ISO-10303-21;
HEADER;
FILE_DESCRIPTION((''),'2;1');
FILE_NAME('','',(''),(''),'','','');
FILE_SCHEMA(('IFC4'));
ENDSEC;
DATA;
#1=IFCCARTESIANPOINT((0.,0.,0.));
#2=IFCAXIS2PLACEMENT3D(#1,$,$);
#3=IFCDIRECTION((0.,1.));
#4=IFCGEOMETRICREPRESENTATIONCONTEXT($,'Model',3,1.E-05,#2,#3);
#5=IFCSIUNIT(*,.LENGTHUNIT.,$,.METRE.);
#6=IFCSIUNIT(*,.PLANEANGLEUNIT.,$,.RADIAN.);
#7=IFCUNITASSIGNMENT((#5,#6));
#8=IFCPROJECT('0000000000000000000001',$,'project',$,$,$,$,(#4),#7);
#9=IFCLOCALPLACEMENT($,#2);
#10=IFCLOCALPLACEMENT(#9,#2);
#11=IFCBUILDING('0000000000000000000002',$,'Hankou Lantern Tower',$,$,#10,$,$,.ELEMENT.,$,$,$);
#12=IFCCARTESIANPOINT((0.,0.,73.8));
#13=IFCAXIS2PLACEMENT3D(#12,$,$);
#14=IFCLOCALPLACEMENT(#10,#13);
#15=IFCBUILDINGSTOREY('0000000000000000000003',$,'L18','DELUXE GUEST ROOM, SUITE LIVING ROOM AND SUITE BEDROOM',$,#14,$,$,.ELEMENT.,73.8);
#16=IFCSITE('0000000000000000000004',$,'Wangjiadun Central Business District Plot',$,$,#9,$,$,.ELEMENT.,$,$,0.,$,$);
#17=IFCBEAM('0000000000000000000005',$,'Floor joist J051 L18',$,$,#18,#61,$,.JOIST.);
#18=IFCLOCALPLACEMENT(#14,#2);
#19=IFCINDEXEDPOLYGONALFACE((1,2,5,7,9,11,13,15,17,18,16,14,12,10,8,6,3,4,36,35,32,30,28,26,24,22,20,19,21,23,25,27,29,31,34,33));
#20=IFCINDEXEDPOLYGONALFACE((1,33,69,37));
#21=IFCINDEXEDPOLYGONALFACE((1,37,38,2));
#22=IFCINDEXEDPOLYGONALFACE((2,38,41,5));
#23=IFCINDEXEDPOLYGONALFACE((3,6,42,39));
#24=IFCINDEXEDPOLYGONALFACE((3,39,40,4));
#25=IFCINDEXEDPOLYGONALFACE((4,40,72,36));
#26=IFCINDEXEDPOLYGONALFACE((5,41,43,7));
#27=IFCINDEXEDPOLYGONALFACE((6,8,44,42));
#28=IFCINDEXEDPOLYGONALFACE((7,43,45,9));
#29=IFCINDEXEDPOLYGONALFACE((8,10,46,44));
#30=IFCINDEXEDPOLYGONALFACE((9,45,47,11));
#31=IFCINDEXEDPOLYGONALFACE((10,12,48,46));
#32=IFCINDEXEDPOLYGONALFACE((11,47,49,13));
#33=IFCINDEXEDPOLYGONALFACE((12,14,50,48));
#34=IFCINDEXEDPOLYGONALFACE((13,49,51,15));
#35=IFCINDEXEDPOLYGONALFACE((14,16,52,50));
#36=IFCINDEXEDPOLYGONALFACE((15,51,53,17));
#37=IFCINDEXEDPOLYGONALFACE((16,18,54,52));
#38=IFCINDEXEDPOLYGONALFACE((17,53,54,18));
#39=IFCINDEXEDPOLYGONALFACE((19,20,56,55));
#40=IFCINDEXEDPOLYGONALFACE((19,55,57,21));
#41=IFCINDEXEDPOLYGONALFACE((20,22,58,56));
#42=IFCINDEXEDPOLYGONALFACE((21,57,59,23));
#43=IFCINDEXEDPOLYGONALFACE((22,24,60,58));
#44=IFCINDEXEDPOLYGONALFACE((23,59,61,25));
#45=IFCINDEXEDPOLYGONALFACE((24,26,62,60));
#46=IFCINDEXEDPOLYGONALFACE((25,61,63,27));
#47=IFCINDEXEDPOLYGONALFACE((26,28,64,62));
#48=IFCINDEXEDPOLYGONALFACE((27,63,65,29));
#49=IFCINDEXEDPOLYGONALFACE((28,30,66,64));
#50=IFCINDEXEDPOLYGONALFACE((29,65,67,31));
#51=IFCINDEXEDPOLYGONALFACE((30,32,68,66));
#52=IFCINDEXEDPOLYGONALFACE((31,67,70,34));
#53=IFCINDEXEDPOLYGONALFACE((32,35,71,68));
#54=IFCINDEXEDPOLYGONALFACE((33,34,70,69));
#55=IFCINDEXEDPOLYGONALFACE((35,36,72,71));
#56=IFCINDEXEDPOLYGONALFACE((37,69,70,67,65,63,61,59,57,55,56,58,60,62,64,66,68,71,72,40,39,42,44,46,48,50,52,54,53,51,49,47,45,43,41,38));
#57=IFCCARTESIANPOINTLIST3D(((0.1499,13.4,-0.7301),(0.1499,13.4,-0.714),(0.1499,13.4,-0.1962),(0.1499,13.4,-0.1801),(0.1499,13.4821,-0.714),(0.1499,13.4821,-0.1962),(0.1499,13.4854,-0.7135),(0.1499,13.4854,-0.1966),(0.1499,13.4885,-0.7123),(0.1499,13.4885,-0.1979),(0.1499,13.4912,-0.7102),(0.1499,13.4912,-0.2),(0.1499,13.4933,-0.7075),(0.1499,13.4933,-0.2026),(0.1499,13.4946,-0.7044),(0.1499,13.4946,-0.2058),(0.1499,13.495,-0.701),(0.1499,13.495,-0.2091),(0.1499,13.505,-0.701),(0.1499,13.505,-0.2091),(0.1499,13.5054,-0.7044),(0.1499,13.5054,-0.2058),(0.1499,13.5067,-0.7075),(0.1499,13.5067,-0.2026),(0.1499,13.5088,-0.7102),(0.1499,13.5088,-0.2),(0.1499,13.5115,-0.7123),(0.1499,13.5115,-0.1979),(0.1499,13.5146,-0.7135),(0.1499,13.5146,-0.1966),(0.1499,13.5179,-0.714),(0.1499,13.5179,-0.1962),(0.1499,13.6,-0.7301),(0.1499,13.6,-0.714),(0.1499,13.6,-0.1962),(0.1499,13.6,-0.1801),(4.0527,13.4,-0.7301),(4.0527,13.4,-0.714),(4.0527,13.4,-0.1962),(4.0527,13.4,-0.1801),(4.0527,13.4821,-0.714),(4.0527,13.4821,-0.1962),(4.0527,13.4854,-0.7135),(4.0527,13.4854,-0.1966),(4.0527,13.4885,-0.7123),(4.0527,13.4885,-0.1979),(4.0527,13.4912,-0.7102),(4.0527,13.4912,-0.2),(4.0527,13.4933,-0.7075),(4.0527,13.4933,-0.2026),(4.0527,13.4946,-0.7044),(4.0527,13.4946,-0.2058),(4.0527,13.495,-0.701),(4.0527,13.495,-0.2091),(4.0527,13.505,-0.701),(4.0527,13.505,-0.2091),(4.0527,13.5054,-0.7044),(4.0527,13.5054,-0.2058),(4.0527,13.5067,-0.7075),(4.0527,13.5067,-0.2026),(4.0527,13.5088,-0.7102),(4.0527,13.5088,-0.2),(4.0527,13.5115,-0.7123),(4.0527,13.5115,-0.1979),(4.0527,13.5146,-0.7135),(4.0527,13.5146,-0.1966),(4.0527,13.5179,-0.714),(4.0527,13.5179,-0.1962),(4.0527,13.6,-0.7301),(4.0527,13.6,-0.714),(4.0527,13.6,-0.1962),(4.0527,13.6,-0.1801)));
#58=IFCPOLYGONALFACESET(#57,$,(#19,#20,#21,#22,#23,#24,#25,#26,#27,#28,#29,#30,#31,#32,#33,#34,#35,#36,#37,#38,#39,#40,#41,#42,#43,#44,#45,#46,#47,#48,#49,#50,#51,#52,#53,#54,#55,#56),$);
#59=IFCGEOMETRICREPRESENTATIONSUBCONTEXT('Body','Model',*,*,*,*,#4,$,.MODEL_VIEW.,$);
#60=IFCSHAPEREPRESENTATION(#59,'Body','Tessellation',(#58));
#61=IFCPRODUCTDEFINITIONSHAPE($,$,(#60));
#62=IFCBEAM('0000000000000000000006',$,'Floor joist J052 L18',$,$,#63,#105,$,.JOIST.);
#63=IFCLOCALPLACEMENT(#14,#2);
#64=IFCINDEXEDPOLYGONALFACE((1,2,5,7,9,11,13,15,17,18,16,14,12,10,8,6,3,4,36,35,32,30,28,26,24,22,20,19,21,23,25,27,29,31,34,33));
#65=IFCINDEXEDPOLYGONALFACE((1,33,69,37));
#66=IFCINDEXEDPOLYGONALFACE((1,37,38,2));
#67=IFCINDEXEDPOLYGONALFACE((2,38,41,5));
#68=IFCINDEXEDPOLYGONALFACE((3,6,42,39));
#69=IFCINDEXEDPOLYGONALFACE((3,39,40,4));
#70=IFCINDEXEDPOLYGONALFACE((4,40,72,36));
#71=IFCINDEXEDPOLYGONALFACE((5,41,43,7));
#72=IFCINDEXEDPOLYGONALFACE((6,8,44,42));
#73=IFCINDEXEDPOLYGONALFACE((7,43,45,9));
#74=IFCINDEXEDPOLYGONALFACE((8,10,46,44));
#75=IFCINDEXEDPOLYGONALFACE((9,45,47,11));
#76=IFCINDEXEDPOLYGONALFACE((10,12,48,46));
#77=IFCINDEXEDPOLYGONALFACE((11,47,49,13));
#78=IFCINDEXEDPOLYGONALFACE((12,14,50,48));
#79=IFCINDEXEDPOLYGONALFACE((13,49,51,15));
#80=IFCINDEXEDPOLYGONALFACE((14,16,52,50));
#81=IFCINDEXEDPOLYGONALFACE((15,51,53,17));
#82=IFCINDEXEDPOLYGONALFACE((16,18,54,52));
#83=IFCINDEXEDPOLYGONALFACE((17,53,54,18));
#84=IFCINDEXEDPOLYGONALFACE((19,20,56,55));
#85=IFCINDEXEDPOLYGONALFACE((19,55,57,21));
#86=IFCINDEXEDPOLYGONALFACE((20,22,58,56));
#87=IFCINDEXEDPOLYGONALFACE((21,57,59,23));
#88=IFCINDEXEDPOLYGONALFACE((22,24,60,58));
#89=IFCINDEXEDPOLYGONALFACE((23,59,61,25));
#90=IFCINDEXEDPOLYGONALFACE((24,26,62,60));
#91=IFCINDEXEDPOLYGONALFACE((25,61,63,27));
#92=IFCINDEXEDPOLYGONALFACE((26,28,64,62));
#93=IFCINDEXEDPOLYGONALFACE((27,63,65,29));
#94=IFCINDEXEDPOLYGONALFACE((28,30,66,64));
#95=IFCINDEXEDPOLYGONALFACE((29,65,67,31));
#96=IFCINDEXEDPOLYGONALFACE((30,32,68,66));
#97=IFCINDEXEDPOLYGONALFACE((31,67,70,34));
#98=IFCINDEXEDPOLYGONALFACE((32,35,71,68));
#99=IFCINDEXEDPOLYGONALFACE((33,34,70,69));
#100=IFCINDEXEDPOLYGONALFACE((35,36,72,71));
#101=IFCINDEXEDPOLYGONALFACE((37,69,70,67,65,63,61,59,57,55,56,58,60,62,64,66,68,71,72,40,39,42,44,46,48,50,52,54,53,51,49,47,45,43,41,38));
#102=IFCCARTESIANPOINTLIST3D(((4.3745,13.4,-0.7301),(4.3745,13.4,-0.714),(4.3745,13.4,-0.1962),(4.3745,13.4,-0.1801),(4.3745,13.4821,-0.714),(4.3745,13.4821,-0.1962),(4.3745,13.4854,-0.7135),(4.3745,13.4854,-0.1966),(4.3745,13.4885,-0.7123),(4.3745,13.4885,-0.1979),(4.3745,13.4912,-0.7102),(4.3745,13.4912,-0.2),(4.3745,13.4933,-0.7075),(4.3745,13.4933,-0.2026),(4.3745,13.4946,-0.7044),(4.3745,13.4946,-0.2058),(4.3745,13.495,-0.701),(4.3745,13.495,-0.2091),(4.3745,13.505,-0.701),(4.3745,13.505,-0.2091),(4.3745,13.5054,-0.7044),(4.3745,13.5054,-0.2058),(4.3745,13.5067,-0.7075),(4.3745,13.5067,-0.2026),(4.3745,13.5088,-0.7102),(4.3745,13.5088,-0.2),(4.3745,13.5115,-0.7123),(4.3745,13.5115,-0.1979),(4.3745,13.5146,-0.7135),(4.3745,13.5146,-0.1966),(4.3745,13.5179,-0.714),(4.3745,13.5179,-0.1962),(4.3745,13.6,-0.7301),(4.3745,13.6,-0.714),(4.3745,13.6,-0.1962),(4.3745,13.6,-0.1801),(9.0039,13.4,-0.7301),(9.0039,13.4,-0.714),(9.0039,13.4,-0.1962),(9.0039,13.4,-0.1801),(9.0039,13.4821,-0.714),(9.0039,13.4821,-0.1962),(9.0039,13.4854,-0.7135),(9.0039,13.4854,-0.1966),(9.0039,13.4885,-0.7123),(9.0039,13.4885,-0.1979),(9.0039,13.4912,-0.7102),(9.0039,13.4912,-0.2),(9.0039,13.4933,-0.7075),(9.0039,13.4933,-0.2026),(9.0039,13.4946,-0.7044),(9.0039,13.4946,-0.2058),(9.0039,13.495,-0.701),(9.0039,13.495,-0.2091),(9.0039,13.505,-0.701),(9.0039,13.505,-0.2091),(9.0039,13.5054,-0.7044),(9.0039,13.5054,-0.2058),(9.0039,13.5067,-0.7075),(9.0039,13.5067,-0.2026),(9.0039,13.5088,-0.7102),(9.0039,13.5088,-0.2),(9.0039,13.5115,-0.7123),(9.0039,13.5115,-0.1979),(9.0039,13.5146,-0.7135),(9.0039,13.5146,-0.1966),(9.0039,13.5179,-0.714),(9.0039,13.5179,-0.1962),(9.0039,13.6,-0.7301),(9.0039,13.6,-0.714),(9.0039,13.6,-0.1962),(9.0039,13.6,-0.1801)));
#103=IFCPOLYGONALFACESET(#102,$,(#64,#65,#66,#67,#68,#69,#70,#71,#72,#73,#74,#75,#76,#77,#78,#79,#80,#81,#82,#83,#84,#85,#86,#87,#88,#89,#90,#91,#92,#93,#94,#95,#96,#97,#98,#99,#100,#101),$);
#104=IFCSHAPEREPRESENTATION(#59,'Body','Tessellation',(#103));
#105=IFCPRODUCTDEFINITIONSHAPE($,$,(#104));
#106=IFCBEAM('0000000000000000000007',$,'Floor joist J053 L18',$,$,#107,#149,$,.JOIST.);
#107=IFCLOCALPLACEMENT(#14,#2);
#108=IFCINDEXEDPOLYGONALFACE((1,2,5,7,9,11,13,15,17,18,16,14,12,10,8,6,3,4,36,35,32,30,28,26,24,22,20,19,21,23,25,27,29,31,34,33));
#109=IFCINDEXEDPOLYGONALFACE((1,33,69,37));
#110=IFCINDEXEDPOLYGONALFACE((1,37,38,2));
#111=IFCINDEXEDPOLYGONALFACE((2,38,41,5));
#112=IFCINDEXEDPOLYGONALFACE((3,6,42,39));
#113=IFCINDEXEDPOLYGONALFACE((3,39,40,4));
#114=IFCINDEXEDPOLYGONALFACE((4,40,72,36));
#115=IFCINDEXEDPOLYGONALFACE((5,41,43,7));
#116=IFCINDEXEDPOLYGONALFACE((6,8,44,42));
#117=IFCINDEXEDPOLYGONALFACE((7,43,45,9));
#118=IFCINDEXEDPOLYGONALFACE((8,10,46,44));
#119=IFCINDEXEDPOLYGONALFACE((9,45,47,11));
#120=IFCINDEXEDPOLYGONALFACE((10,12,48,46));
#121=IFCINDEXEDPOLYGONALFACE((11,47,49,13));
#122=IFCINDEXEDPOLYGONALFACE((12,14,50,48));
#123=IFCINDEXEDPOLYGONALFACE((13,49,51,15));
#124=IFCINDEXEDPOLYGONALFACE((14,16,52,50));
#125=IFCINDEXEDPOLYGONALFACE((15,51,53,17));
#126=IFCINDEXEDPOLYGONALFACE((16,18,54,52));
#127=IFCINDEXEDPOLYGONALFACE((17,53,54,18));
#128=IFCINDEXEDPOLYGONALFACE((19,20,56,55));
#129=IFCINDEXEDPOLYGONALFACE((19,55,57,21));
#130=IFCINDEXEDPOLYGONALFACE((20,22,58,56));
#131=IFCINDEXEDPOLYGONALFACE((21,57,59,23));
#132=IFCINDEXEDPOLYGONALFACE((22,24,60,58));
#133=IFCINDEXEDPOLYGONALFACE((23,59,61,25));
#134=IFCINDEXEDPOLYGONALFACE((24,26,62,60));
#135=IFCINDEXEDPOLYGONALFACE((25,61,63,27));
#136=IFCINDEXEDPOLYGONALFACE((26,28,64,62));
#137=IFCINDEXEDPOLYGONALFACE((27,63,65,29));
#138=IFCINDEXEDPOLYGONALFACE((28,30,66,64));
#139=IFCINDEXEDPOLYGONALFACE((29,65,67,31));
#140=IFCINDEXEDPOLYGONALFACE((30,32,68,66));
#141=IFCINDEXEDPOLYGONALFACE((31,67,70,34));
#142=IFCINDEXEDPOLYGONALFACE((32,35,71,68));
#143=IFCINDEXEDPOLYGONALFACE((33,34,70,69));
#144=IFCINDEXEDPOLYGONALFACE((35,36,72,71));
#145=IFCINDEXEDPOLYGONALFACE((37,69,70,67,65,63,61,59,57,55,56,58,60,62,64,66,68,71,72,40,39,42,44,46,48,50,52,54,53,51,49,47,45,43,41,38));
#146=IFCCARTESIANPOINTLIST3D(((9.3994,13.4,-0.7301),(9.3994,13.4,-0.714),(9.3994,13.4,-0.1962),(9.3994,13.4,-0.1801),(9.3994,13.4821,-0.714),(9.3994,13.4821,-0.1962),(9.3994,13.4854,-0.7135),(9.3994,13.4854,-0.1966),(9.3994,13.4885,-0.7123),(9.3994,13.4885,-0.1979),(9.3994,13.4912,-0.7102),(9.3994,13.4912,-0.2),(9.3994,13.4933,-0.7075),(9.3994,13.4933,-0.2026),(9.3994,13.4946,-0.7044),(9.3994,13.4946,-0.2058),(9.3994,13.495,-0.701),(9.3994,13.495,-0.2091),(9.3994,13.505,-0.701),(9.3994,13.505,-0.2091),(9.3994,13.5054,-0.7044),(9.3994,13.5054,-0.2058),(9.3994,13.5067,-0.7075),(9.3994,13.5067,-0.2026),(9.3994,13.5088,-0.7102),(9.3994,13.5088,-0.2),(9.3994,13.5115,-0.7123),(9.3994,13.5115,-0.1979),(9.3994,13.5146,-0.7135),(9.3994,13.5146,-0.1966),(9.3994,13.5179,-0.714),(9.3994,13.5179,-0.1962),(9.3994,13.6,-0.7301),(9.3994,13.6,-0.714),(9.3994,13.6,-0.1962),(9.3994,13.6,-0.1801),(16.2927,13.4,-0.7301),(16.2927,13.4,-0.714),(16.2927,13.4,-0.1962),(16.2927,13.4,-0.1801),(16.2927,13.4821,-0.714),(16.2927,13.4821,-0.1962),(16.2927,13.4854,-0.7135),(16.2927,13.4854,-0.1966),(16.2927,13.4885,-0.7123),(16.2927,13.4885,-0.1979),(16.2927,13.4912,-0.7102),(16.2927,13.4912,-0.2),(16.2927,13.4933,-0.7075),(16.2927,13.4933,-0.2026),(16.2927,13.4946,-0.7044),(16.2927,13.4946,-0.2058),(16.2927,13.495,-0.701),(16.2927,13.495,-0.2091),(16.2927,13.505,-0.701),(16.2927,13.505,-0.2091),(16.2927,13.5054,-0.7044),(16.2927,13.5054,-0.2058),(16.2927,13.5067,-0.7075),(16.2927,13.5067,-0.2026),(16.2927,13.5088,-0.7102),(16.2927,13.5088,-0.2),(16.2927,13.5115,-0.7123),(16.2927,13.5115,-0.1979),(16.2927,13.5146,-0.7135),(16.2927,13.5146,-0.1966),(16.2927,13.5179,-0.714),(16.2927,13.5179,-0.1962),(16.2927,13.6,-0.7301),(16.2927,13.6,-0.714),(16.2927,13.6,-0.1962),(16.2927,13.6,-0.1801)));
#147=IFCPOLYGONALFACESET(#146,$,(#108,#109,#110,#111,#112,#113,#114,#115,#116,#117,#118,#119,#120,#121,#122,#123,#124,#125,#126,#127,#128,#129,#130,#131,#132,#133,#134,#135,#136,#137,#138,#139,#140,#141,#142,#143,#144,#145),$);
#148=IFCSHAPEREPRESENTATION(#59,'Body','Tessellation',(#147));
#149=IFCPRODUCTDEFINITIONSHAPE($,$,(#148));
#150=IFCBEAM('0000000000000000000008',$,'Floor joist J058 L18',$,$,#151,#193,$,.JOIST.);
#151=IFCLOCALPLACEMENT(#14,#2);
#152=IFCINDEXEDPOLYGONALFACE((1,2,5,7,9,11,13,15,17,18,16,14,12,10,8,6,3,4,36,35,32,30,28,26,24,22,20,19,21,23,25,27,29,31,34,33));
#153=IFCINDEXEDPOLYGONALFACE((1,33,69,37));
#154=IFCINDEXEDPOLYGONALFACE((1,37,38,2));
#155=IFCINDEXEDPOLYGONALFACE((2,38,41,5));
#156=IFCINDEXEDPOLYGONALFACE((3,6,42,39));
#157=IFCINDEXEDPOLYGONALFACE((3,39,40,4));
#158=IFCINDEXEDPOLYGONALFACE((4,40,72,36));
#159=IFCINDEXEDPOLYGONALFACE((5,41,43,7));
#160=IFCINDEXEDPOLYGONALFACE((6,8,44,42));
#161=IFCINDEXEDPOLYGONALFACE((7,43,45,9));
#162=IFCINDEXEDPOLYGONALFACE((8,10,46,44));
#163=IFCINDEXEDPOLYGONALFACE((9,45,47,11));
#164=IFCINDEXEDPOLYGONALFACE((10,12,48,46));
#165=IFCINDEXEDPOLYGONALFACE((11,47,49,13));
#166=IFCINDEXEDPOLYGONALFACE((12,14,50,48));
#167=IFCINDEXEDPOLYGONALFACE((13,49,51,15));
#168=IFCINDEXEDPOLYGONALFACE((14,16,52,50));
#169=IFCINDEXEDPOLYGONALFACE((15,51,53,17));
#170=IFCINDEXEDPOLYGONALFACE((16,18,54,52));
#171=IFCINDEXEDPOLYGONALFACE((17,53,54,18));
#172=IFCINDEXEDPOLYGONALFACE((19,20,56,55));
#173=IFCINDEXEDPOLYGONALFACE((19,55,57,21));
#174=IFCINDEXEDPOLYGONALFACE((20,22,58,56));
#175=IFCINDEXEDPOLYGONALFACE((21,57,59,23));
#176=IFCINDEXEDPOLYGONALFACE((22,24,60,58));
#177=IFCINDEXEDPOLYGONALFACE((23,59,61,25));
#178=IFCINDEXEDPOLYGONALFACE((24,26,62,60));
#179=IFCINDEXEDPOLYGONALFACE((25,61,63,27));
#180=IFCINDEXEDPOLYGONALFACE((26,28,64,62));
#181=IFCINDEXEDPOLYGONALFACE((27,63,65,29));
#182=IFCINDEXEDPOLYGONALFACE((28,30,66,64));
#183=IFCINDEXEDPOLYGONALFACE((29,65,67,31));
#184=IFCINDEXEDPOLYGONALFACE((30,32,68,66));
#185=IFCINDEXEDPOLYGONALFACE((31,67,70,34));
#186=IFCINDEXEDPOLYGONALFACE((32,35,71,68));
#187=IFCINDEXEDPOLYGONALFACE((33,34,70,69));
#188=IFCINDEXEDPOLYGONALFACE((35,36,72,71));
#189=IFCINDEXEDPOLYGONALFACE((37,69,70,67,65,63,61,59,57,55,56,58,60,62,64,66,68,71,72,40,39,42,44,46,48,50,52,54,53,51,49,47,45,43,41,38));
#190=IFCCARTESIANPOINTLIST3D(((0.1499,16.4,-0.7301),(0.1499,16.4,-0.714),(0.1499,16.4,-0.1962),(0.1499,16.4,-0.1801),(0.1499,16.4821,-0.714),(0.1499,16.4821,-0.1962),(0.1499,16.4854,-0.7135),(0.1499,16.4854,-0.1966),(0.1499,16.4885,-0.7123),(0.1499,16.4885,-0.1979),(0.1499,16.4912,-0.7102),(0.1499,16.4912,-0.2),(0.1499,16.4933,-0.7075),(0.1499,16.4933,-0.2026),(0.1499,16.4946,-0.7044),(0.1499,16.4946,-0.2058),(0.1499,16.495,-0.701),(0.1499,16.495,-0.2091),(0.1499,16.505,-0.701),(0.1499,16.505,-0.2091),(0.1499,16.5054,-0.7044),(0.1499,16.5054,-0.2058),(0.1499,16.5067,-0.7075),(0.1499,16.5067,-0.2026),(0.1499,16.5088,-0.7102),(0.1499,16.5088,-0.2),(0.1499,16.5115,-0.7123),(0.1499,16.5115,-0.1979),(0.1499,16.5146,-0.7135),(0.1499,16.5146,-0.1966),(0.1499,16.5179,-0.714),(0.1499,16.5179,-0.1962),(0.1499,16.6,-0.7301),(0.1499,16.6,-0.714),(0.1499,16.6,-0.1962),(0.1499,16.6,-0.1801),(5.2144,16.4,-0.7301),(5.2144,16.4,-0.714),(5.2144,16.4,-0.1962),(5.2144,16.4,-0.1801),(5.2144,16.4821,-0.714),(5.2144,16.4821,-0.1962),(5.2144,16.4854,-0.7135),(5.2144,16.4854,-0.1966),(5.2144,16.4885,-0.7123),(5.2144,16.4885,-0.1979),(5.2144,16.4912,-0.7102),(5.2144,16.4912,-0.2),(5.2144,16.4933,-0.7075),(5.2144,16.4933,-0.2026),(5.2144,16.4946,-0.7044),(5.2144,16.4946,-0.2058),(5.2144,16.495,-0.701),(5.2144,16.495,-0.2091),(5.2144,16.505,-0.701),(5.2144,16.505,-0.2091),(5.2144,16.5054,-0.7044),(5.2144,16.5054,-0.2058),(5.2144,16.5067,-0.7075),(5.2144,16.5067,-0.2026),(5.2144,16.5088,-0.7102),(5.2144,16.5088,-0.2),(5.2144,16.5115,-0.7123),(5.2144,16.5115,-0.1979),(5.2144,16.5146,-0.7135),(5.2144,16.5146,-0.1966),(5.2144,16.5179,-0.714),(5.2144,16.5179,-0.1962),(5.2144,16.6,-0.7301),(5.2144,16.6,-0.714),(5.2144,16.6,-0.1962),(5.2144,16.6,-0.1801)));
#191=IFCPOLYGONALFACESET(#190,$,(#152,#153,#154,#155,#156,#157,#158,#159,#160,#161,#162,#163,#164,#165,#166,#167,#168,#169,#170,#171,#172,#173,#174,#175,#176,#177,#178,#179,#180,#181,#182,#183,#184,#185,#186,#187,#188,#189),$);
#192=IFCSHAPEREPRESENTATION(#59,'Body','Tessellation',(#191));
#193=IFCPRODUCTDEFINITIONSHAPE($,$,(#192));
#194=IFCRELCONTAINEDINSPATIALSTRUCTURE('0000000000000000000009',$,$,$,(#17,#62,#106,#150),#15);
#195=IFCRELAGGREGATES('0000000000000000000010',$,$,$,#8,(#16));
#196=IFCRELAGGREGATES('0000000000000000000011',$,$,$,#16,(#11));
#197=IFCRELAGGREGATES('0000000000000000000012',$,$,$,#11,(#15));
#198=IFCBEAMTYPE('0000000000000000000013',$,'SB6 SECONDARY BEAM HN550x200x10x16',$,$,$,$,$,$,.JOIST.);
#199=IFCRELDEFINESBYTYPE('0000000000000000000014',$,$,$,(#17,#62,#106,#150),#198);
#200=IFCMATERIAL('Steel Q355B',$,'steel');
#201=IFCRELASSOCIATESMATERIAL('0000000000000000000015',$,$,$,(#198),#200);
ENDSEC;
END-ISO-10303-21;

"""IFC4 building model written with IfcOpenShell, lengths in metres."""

from ifc_helpers import new_model, si_unit, direction, frame, origin, origin_2d, place, context, subcontext, project, spatial, i_section, extrude, material, material_profile, profile_set, type_object, element, save


model = new_model("IFC4")

# Units and contexts
model_context = context("Model", 3, precision=1e-05, world=origin(), true_north=direction((0.0, 1.0)))
body_context = subcontext(model_context, "Body", "Model", "MODEL_VIEW")
ifc_project = project(units=[si_unit("LENGTHUNIT", "METRE"), si_unit("PLANEANGLEUNIT", "RADIAN")], contexts=[model_context])

# Site, building, storey
site_placement = place(None, origin())
site = spatial("IfcSite", under=ifc_project, at=site_placement, Name="Wangjiadun Central Business District Plot", CompositionType="ELEMENT", RefElevation=0.0)
building_placement = place(site_placement, origin())
building = spatial("IfcBuilding", under=site, at=building_placement, Name="Hankou Lantern Tower", CompositionType="ELEMENT")
storey_placement = place(building_placement, frame((0.0, 0.0, 73.8)))
storey = spatial("IfcBuildingStorey", under=building, at=storey_placement, Name="L18", Description="DELUXE GUEST ROOM, SUITE LIVING ROOM AND SUITE BEDROOM", CompositionType="ELEMENT", Elevation=73.8)

# Beams
ifc_material_1 = material(Name="Steel Q355B", Category="steel")
ifc_material_profile_1 = material_profile(ifc_material_1, i_section(OverallWidth=0.2, OverallDepth=0.55, WebThickness=0.01, FlangeThickness=0.0161, FilletRadius=0.0129, at=origin_2d()), Name="HN550x200x10x16")
ifc_profile_set_1 = profile_set([ifc_material_profile_1], Name="Steel Q355B")
beam_type_1 = type_object("IfcBeamType", Name="SB6 SECONDARY BEAM HN550x200x10x16", PredefinedType="JOIST", material=ifc_profile_set_1)
beam_1_placement = place(storey_placement, frame((0.1499, 13.5, -0.4551), z_axis=(1.0, 0.0, 0.0), x_axis=(0.0, 1.0, 0.0)))
element("IfcBeam", 1, at=beam_1_placement, inside=storey, type_object=beam_type_1, Name="Floor joist J051 L18", PredefinedType="JOIST", context=body_context, shape_type="SweptSolid", body=[
    extrude(i_section(OverallWidth=0.2, OverallDepth=0.55, WebThickness=0.01, FlangeThickness=0.0161, FilletRadius=0.0129, at=origin_2d()), origin(), (0.0, 0.0, 1.0), 3.9028),
])
beam_2_placement = place(storey_placement, frame((4.3745, 13.5, -0.4551), z_axis=(1.0, 0.0, 0.0), x_axis=(0.0, 1.0, 0.0)))
element("IfcBeam", 2, at=beam_2_placement, inside=storey, type_object=beam_type_1, Name="Floor joist J052 L18", PredefinedType="JOIST", context=body_context, shape_type="SweptSolid", body=[
    extrude(i_section(OverallWidth=0.2, OverallDepth=0.55, WebThickness=0.01, FlangeThickness=0.0161, FilletRadius=0.0129, at=origin_2d()), origin(), (0.0, 0.0, 1.0), 4.6294),
])
beam_3_placement = place(storey_placement, frame((9.3994, 13.5, -0.4551), z_axis=(1.0, 0.0, 0.0), x_axis=(0.0, 1.0, 0.0)))
element("IfcBeam", 3, at=beam_3_placement, inside=storey, type_object=beam_type_1, Name="Floor joist J053 L18", PredefinedType="JOIST", context=body_context, shape_type="SweptSolid", body=[
    extrude(i_section(OverallWidth=0.2, OverallDepth=0.55, WebThickness=0.01, FlangeThickness=0.0161, FilletRadius=0.0129, at=origin_2d()), origin(), (0.0, 0.0, 1.0), 6.8933),
])
beam_4_placement = place(storey_placement, frame((0.1499, 16.5, -0.4551), z_axis=(1.0, 0.0, 0.0), x_axis=(0.0, 1.0, 0.0)))
element("IfcBeam", 4, at=beam_4_placement, inside=storey, type_object=beam_type_1, Name="Floor joist J058 L18", PredefinedType="JOIST", context=body_context, shape_type="SweptSolid", body=[
    extrude(i_section(OverallWidth=0.2, OverallDepth=0.55, WebThickness=0.01, FlangeThickness=0.0161, FilletRadius=0.0129, at=origin_2d()), origin(), (0.0, 0.0, 1.0), 5.0645),
])

save(model, "model.ifc")
